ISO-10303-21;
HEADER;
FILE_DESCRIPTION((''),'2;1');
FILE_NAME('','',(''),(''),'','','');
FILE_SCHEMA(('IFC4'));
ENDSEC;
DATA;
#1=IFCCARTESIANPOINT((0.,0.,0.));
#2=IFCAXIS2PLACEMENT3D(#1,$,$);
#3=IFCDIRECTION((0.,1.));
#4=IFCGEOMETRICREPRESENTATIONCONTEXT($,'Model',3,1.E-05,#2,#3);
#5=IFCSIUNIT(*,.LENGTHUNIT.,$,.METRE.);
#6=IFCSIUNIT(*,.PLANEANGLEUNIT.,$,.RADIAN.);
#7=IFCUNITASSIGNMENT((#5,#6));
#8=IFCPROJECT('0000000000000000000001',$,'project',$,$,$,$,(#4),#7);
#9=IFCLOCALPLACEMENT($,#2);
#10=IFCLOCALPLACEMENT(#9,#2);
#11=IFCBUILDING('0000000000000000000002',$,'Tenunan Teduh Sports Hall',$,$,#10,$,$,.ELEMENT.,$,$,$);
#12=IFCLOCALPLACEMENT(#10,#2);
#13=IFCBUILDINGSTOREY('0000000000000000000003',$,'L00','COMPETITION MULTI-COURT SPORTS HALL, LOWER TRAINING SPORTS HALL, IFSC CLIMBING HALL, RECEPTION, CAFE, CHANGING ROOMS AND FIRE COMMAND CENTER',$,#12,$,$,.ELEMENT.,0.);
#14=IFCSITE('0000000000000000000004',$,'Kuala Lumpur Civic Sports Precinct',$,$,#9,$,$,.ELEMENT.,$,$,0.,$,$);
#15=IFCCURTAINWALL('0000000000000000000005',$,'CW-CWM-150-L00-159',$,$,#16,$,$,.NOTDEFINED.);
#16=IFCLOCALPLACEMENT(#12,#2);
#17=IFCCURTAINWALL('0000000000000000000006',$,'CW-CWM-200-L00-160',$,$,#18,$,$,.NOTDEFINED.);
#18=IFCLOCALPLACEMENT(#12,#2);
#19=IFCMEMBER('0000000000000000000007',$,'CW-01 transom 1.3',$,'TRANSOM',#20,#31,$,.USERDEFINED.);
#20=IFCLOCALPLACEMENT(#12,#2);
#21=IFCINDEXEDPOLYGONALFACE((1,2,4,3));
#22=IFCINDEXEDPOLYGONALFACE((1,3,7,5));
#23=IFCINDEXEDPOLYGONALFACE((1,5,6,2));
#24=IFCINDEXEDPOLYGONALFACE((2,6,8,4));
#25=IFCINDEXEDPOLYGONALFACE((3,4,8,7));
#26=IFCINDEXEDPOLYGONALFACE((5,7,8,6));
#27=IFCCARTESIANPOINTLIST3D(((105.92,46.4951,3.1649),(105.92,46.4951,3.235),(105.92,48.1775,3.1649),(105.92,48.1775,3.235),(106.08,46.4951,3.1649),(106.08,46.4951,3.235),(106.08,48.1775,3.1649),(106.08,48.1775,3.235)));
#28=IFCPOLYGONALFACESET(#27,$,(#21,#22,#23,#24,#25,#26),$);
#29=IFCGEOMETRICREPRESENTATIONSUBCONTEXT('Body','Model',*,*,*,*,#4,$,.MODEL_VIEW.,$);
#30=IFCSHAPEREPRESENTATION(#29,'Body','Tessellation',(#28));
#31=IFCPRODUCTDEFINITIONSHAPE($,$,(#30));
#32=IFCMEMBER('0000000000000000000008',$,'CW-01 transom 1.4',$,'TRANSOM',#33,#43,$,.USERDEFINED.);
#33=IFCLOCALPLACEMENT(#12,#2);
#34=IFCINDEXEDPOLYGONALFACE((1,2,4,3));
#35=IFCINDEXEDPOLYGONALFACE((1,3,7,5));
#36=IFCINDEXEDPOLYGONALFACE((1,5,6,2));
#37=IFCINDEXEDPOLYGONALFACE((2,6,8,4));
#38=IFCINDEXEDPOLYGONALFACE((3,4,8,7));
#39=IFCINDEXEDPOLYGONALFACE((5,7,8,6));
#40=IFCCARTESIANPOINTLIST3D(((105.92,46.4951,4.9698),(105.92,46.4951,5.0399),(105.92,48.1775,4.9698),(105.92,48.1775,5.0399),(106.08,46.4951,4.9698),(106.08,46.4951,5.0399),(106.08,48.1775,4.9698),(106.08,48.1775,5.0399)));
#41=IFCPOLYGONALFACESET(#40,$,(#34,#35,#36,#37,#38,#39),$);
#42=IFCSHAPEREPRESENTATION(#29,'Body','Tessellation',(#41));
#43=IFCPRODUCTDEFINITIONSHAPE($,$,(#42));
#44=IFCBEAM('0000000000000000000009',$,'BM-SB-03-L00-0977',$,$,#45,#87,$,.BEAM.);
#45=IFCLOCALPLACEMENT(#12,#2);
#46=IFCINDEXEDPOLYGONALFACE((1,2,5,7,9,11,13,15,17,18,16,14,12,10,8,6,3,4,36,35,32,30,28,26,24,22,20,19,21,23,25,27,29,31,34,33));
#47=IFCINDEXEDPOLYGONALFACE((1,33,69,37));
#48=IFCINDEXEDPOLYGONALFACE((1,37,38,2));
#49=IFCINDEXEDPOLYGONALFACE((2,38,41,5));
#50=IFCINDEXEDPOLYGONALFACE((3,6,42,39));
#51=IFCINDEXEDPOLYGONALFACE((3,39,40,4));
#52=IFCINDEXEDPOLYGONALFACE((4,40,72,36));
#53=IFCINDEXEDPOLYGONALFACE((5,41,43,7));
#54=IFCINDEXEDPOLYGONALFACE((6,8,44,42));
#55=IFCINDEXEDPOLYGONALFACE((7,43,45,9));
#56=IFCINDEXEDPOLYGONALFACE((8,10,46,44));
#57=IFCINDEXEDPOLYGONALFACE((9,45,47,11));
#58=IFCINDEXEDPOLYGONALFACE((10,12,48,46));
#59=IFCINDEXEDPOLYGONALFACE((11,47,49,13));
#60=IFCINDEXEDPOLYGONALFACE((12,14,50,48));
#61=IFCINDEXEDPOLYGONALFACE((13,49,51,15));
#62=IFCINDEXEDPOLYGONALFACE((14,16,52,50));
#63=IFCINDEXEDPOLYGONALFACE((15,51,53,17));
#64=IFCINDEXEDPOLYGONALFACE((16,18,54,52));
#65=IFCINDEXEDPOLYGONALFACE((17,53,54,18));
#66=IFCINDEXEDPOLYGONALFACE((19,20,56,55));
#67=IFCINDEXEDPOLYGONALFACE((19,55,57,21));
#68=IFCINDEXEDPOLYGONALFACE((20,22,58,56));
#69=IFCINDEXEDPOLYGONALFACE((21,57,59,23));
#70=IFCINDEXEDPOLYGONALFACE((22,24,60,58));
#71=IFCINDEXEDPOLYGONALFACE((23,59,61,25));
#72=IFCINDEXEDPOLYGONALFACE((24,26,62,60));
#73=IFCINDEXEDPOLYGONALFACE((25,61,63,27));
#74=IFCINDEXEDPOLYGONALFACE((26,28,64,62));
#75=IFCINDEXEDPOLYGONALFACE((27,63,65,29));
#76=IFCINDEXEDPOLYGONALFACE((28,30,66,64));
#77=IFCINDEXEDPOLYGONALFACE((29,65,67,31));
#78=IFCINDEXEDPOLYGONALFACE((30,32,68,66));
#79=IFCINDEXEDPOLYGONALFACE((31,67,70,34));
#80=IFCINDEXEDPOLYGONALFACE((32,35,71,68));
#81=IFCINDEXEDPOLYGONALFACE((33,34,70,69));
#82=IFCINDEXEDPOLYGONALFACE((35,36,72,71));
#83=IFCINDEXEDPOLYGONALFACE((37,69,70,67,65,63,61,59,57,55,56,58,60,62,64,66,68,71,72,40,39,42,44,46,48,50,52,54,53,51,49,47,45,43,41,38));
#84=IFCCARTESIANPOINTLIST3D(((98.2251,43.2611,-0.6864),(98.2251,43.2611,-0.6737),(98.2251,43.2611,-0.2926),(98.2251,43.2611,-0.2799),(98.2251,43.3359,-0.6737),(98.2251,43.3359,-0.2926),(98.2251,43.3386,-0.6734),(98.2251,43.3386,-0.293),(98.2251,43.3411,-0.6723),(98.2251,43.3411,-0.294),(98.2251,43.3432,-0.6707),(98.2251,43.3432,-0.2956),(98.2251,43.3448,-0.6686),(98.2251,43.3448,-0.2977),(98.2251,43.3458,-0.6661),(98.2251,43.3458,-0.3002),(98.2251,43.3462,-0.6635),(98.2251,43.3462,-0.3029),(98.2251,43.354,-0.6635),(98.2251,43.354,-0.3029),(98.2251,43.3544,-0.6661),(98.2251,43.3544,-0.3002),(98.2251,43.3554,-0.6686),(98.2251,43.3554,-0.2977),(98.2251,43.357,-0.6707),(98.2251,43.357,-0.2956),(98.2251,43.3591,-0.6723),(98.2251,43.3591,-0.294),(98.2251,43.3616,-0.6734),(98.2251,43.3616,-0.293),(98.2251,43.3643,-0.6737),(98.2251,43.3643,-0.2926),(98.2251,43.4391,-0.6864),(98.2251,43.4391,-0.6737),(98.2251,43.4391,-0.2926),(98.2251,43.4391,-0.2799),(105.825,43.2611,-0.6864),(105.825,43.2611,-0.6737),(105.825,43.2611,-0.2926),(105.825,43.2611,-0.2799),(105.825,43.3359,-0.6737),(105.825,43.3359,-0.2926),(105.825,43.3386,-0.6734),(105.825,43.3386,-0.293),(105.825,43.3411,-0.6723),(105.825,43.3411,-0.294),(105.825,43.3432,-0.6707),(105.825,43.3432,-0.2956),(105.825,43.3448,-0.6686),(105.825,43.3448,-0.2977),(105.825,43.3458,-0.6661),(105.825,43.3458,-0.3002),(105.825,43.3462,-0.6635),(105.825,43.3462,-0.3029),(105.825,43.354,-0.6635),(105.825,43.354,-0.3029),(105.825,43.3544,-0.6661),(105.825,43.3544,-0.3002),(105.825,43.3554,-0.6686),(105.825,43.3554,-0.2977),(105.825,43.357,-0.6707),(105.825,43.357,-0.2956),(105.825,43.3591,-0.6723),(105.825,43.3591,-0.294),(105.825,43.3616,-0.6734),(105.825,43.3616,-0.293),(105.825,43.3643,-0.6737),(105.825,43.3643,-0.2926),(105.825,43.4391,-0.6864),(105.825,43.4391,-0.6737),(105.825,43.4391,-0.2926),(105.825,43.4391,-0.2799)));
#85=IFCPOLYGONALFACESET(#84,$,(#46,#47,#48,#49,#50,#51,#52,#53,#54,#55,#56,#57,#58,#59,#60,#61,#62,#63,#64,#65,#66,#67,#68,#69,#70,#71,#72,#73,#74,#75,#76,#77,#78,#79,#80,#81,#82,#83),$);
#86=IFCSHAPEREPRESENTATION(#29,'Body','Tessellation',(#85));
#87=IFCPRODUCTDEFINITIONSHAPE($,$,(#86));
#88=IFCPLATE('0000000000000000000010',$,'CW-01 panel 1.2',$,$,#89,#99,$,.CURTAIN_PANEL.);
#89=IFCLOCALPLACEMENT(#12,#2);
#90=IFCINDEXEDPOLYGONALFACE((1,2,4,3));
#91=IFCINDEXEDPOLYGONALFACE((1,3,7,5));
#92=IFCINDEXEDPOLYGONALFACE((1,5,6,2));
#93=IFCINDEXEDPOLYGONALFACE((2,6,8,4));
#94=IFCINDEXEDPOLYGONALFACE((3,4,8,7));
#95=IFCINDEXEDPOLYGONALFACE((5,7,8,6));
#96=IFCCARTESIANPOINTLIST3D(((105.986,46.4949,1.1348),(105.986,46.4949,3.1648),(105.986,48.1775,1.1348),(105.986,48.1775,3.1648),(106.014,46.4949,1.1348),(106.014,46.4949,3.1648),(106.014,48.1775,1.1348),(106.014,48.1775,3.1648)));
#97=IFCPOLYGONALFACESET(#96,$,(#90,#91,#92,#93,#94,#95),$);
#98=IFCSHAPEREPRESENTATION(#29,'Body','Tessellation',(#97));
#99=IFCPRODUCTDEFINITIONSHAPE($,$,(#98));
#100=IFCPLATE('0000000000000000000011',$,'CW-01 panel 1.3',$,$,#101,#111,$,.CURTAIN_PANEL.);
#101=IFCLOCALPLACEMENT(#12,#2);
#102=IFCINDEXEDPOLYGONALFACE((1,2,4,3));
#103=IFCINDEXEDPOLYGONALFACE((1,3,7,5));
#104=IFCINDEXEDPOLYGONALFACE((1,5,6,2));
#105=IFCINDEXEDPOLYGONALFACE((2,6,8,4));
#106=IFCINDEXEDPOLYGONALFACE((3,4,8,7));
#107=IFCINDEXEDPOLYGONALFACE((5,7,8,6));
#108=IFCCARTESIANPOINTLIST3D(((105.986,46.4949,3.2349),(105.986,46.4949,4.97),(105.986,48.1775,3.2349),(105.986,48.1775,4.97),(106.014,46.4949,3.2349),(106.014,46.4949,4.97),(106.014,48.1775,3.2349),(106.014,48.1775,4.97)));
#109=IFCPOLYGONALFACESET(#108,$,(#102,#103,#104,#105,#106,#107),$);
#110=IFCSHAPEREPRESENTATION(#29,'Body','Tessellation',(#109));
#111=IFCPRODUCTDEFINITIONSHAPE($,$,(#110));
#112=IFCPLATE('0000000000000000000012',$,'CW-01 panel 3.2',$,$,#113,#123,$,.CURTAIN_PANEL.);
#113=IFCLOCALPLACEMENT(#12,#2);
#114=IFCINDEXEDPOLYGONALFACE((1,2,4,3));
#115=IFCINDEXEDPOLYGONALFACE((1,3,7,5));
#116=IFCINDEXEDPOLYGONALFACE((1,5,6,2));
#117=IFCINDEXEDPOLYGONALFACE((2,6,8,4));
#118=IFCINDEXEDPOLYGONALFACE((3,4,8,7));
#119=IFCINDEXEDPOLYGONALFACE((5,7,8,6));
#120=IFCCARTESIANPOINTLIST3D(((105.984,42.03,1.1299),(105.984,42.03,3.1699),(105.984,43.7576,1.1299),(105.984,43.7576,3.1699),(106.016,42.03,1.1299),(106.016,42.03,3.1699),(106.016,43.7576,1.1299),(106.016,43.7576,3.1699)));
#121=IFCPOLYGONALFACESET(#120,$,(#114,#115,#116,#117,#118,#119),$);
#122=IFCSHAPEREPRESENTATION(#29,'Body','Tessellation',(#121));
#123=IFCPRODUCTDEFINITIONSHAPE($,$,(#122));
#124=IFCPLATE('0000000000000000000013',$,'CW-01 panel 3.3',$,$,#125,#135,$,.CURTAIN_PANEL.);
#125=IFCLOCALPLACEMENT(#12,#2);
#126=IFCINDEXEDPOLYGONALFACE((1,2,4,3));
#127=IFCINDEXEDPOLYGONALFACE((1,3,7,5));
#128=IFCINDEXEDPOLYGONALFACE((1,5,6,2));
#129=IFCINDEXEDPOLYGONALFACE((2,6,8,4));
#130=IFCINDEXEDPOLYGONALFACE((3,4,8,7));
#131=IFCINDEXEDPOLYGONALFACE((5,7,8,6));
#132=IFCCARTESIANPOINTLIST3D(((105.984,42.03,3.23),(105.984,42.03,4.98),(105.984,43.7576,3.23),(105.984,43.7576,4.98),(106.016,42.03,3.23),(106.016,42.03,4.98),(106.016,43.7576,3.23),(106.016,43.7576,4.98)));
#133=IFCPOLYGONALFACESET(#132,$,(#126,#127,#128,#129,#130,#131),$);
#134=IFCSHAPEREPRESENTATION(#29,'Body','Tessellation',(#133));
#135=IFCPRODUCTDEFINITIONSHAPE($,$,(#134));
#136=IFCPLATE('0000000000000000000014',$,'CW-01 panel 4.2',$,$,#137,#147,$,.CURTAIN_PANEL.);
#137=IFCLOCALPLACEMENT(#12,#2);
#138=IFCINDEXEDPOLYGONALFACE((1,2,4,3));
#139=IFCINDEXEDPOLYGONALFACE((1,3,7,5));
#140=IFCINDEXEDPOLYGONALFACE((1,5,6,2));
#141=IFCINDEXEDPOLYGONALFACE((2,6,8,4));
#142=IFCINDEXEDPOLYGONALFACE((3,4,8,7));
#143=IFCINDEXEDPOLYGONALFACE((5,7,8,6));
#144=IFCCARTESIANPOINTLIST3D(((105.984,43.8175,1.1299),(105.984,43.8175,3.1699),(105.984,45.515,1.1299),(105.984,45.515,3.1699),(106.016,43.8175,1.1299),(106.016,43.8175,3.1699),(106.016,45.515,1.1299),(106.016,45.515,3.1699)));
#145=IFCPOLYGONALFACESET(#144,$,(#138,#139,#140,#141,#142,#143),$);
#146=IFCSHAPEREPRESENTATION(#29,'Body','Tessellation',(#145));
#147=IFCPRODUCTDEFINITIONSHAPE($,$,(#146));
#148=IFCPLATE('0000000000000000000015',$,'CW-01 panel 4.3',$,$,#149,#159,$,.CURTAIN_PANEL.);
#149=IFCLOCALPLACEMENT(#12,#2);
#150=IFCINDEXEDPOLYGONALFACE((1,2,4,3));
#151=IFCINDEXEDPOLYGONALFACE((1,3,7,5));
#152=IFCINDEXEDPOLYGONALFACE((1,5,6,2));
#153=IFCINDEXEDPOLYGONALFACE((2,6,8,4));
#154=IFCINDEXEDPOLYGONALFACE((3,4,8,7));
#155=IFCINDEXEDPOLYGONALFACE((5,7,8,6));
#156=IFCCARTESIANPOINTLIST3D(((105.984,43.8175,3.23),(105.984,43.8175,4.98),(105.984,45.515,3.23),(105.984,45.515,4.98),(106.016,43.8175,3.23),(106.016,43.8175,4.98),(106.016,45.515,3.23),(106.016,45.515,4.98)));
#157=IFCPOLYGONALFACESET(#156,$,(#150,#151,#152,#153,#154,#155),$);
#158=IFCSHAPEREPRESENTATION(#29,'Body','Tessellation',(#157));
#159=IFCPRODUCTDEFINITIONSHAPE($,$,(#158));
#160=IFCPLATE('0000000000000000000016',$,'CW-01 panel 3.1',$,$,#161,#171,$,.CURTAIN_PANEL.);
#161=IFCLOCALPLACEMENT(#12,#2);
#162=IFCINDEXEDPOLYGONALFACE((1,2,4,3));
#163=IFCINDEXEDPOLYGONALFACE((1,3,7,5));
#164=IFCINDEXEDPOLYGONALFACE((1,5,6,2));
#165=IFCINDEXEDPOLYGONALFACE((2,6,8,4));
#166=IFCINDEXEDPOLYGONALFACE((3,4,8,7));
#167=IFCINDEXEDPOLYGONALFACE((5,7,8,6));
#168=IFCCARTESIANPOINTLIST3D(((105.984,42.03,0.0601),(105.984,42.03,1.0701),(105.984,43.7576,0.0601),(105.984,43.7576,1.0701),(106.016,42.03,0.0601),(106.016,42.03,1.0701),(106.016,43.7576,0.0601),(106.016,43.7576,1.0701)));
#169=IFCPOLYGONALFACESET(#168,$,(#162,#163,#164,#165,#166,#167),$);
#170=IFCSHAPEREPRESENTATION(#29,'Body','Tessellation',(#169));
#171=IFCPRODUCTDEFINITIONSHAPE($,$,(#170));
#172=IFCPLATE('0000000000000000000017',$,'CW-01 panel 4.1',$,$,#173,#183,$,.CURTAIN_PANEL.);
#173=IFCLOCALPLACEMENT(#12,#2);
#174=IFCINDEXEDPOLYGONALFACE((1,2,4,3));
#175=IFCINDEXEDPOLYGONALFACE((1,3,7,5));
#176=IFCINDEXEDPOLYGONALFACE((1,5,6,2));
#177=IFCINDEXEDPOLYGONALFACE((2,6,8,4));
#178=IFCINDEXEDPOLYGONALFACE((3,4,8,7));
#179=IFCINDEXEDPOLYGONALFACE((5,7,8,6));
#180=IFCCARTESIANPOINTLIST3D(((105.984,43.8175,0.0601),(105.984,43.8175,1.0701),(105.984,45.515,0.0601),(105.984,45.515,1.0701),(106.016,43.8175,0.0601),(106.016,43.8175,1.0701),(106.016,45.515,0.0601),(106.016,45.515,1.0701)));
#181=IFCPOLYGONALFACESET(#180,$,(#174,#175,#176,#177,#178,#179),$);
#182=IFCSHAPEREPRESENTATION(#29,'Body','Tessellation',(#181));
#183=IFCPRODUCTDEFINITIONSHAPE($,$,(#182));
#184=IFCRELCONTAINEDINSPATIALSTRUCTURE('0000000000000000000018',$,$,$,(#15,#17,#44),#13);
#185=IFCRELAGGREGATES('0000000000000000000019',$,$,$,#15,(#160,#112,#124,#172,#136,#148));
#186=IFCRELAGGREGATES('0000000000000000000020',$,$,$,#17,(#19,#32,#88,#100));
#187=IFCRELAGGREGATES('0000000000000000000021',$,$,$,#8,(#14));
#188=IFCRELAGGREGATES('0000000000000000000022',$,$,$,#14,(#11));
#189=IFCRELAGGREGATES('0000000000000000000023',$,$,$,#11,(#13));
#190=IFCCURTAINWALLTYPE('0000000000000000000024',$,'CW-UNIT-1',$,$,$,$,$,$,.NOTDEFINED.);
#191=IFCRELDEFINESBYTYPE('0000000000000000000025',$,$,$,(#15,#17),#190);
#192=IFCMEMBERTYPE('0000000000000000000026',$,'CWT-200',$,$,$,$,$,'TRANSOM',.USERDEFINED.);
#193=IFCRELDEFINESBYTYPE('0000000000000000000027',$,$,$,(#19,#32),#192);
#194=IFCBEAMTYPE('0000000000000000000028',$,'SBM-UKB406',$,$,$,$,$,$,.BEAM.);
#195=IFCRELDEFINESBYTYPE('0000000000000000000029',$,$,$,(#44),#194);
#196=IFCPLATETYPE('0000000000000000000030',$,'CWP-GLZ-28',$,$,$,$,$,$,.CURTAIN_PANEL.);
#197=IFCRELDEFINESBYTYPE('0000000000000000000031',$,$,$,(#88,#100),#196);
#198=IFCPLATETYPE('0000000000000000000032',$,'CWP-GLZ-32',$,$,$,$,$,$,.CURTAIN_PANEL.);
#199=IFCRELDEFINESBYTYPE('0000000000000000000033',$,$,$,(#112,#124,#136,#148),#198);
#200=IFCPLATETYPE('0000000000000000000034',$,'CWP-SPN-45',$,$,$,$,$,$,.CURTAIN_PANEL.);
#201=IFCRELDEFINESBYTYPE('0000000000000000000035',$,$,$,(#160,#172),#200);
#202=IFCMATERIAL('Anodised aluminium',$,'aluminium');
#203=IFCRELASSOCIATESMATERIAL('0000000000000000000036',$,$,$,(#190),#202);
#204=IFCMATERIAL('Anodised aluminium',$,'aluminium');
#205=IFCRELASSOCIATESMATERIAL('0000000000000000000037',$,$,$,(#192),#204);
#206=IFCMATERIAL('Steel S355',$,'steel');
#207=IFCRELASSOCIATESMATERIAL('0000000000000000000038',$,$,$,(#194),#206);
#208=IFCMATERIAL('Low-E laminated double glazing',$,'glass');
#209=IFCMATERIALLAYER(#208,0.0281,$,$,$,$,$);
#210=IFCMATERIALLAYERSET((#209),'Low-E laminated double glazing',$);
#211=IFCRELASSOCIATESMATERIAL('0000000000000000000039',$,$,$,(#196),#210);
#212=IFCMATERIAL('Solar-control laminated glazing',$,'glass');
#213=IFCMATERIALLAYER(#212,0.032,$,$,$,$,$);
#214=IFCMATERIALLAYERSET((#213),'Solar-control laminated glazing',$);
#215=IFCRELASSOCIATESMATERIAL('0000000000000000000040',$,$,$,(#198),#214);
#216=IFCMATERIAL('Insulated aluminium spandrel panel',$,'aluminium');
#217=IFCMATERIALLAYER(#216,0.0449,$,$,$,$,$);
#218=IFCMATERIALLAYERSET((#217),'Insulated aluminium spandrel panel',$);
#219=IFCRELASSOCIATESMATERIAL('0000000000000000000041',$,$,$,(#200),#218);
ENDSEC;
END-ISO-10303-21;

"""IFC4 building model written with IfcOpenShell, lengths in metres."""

from ifc_helpers import new_model, si_unit, direction, frame, origin, origin_2d, place, context, subcontext, project, spatial, rectangle, i_section, extrude, material, layer, layer_set, material_profile, profile_set, type_object, element, aggregate, save


model = new_model("IFC4")

# Units and contexts
model_context = context("Model", 3, precision=1e-05, world=origin(), true_north=direction((0.0, 1.0)))
body_context = subcontext(model_context, "Body", "Model", "MODEL_VIEW")
ifc_project = project(units=[si_unit("LENGTHUNIT", "METRE"), si_unit("PLANEANGLEUNIT", "RADIAN")], contexts=[model_context])

# Site, building, storey
site_placement = place(None, origin())
site = spatial("IfcSite", under=ifc_project, at=site_placement, Name="Kuala Lumpur Civic Sports Precinct", CompositionType="ELEMENT", RefElevation=0.0)
building_placement = place(site_placement, origin())
building = spatial("IfcBuilding", under=site, at=building_placement, Name="Tenunan Teduh Sports Hall", CompositionType="ELEMENT")
storey_placement = place(building_placement, origin())
storey = spatial("IfcBuildingStorey", under=building, at=storey_placement, Name="L00", Description="COMPETITION MULTI-COURT SPORTS HALL, LOWER TRAINING SPORTS HALL, IFSC CLIMBING HALL, RECEPTION, CAFE, CHANGING ROOMS AND FIRE COMMAND CENTER", CompositionType="ELEMENT", Elevation=0.0)

# Curtain wall
ifc_material_1 = material(Name="Anodised aluminium", Category="aluminium")
curtain_wall_type = type_object("IfcCurtainWallType", Name="CW-UNIT-1", PredefinedType="NOTDEFINED", material=ifc_material_1)
curtain_wall_1_placement = place(storey_placement, origin())
curtain_wall_1 = element("IfcCurtainWall", 1, at=curtain_wall_1_placement, inside=storey, type_object=curtain_wall_type, Name="CW-CWM-150-L00-159", PredefinedType="NOTDEFINED")

# Curtain wall
curtain_wall_2_placement = place(storey_placement, origin())
curtain_wall_2 = element("IfcCurtainWall", 2, at=curtain_wall_2_placement, inside=storey, type_object=curtain_wall_type, Name="CW-CWM-200-L00-160", PredefinedType="NOTDEFINED")

# Members
ifc_material_2 = material(Name="Anodised aluminium", Category="aluminium")
ifc_material_profile_1 = material_profile(ifc_material_2, rectangle(XDim=0.0701, YDim=0.1599, at=origin_2d()), Name="CWT 70x160")
ifc_profile_set_1 = profile_set([ifc_material_profile_1], Name="Anodised aluminium")
member_type_1 = type_object("IfcMemberType", Name="CWT-200", ElementType="TRANSOM", PredefinedType="USERDEFINED", material=ifc_profile_set_1)
member_1_placement = place(storey_placement, frame((106.0, 46.4951, 3.2), z_axis=(0.0, 1.0, 0.0), x_axis=(0.0, 0.0, 1.0)))
member_1 = element("IfcMember", 3, at=member_1_placement, type_object=member_type_1, Name="CW-01 transom 1.3", ObjectType="TRANSOM", PredefinedType="USERDEFINED", context=body_context, shape_type="SweptSolid", body=[
    extrude(rectangle(XDim=0.0701, YDim=0.1599, at=origin_2d()), origin(), (0.0, 0.0, 1.0), 1.6824),
])
member_2_placement = place(storey_placement, frame((106.0, 46.4951, 5.0049), z_axis=(0.0, 1.0, 0.0), x_axis=(0.0, 0.0, 1.0)))
member_2 = element("IfcMember", 4, at=member_2_placement, type_object=member_type_1, Name="CW-01 transom 1.4", ObjectType="TRANSOM", PredefinedType="USERDEFINED", context=body_context, shape_type="SweptSolid", body=[
    extrude(rectangle(XDim=0.0701, YDim=0.1599, at=origin_2d()), origin(), (0.0, 0.0, 1.0), 1.6824),
])

# Beam
ifc_material_3 = material(Name="Steel S355", Category="steel")
ifc_material_profile_2 = material_profile(ifc_material_3, i_section(OverallWidth=0.178, OverallDepth=0.4065, WebThickness=0.0078, FlangeThickness=0.0127, FilletRadius=0.0103, at=origin_2d()), Name="UKB 406x178x60")
ifc_profile_set_2 = profile_set([ifc_material_profile_2], Name="Steel S355")
beam_type_1 = type_object("IfcBeamType", Name="SBM-UKB406", PredefinedType="BEAM", material=ifc_profile_set_2)
beam_1_placement = place(storey_placement, frame((98.2251, 43.3501, -0.4832), z_axis=(1.0, 0.0, 0.0), x_axis=(0.0, 1.0, 0.0)))
element("IfcBeam", 5, at=beam_1_placement, inside=storey, type_object=beam_type_1, Name="BM-SB-03-L00-0977", PredefinedType="BEAM", context=body_context, shape_type="SweptSolid", body=[
    extrude(i_section(OverallWidth=0.178, OverallDepth=0.4065, WebThickness=0.0078, FlangeThickness=0.0127, FilletRadius=0.0103, at=origin_2d()), origin(), (0.0, 0.0, 1.0), 7.5999),
])

# Plates
ifc_material_4 = material(Name="Low-E laminated double glazing", Category="glass")
ifc_layer_1 = layer(ifc_material_4, 0.0281)
ifc_layer_set_1 = layer_set([ifc_layer_1], Name="Low-E laminated double glazing")
plate_type_1 = type_object("IfcPlateType", Name="CWP-GLZ-28", PredefinedType="CURTAIN_PANEL", material=ifc_layer_set_1)
plate_1_placement = place(storey_placement, frame((106.0, 47.3362, 1.1348), z_axis=(0.0, 0.0, 1.0), x_axis=(0.0, 1.0, 0.0)))
plate_1 = element("IfcPlate", 6, at=plate_1_placement, type_object=plate_type_1, Name="CW-01 panel 1.2", PredefinedType="CURTAIN_PANEL", context=body_context, shape_type="SweptSolid", body=[
    extrude(rectangle(XDim=1.6826, YDim=0.0281, at=origin_2d()), origin(), (0.0, 0.0, 1.0), 2.03),
])
plate_2_placement = place(storey_placement, frame((106.0, 47.3362, 3.2349), z_axis=(0.0, 0.0, 1.0), x_axis=(0.0, 1.0, 0.0)))
plate_2 = element("IfcPlate", 7, at=plate_2_placement, type_object=plate_type_1, Name="CW-01 panel 1.3", PredefinedType="CURTAIN_PANEL", context=body_context, shape_type="SweptSolid", body=[
    extrude(rectangle(XDim=1.6826, YDim=0.0281, at=origin_2d()), origin(), (0.0, 0.0, 1.0), 1.7351),
])
ifc_material_5 = material(Name="Solar-control laminated glazing", Category="glass")
ifc_layer_2 = layer(ifc_material_5, 0.032)
ifc_layer_set_2 = layer_set([ifc_layer_2], Name="Solar-control laminated glazing")
plate_type_2 = type_object("IfcPlateType", Name="CWP-GLZ-32", PredefinedType="CURTAIN_PANEL", material=ifc_layer_set_2)
plate_3_placement = place(storey_placement, frame((106.0, 42.8938, 1.1299), z_axis=(0.0, 0.0, 1.0), x_axis=(0.0, 1.0, 0.0)))
plate_3 = element("IfcPlate", 8, at=plate_3_placement, type_object=plate_type_2, Name="CW-01 panel 3.2", PredefinedType="CURTAIN_PANEL", context=body_context, shape_type="SweptSolid", body=[
    extrude(rectangle(XDim=1.7275, YDim=0.032, at=origin_2d()), origin(), (0.0, 0.0, 1.0), 2.04),
])
plate_4_placement = place(storey_placement, frame((106.0, 42.8938, 3.23), z_axis=(0.0, 0.0, 1.0), x_axis=(0.0, 1.0, 0.0)))
plate_4 = element("IfcPlate", 9, at=plate_4_placement, type_object=plate_type_2, Name="CW-01 panel 3.3", PredefinedType="CURTAIN_PANEL", context=body_context, shape_type="SweptSolid", body=[
    extrude(rectangle(XDim=1.7275, YDim=0.032, at=origin_2d()), origin(), (0.0, 0.0, 1.0), 1.75),
])
plate_5_placement = place(storey_placement, frame((106.0, 44.6663, 1.1299), z_axis=(0.0, 0.0, 1.0), x_axis=(0.0, 1.0, 0.0)))
plate_5 = element("IfcPlate", 10, at=plate_5_placement, type_object=plate_type_2, Name="CW-01 panel 4.2", PredefinedType="CURTAIN_PANEL", context=body_context, shape_type="SweptSolid", body=[
    extrude(rectangle(XDim=1.6975, YDim=0.032, at=origin_2d()), origin(), (0.0, 0.0, 1.0), 2.04),
])
plate_6_placement = place(storey_placement, frame((106.0, 44.6663, 3.23), z_axis=(0.0, 0.0, 1.0), x_axis=(0.0, 1.0, 0.0)))
plate_6 = element("IfcPlate", 11, at=plate_6_placement, type_object=plate_type_2, Name="CW-01 panel 4.3", PredefinedType="CURTAIN_PANEL", context=body_context, shape_type="SweptSolid", body=[
    extrude(rectangle(XDim=1.6975, YDim=0.032, at=origin_2d()), origin(), (0.0, 0.0, 1.0), 1.75),
])
ifc_material_6 = material(Name="Insulated aluminium spandrel panel", Category="aluminium")
ifc_layer_3 = layer(ifc_material_6, 0.0449)
ifc_layer_set_3 = layer_set([ifc_layer_3], Name="Insulated aluminium spandrel panel")
plate_type_3 = type_object("IfcPlateType", Name="CWP-SPN-45", PredefinedType="CURTAIN_PANEL", material=ifc_layer_set_3)
plate_7_placement = place(storey_placement, frame((106.0, 42.8938, 0.0601), z_axis=(0.0, 0.0, 1.0), x_axis=(0.0, 1.0, 0.0)))
plate_7 = element("IfcPlate", 12, at=plate_7_placement, type_object=plate_type_3, Name="CW-01 panel 3.1", PredefinedType="CURTAIN_PANEL", context=body_context, shape_type="SweptSolid", body=[
    extrude(rectangle(XDim=1.7275, YDim=0.032, at=origin_2d()), origin(), (0.0, 0.0, 1.0), 1.01),
])
plate_8_placement = place(storey_placement, frame((106.0, 44.6663, 0.0601), z_axis=(0.0, 0.0, 1.0), x_axis=(0.0, 1.0, 0.0)))
plate_8 = element("IfcPlate", 13, at=plate_8_placement, type_object=plate_type_3, Name="CW-01 panel 4.1", PredefinedType="CURTAIN_PANEL", context=body_context, shape_type="SweptSolid", body=[
    extrude(rectangle(XDim=1.6975, YDim=0.032, at=origin_2d()), origin(), (0.0, 0.0, 1.0), 1.01),
])
aggregate(curtain_wall_1, [plate_7, plate_3, plate_4, plate_8, plate_5, plate_6])
aggregate(curtain_wall_2, [member_1, member_2, plate_1, plate_2])

save(model, "model.ifc")
